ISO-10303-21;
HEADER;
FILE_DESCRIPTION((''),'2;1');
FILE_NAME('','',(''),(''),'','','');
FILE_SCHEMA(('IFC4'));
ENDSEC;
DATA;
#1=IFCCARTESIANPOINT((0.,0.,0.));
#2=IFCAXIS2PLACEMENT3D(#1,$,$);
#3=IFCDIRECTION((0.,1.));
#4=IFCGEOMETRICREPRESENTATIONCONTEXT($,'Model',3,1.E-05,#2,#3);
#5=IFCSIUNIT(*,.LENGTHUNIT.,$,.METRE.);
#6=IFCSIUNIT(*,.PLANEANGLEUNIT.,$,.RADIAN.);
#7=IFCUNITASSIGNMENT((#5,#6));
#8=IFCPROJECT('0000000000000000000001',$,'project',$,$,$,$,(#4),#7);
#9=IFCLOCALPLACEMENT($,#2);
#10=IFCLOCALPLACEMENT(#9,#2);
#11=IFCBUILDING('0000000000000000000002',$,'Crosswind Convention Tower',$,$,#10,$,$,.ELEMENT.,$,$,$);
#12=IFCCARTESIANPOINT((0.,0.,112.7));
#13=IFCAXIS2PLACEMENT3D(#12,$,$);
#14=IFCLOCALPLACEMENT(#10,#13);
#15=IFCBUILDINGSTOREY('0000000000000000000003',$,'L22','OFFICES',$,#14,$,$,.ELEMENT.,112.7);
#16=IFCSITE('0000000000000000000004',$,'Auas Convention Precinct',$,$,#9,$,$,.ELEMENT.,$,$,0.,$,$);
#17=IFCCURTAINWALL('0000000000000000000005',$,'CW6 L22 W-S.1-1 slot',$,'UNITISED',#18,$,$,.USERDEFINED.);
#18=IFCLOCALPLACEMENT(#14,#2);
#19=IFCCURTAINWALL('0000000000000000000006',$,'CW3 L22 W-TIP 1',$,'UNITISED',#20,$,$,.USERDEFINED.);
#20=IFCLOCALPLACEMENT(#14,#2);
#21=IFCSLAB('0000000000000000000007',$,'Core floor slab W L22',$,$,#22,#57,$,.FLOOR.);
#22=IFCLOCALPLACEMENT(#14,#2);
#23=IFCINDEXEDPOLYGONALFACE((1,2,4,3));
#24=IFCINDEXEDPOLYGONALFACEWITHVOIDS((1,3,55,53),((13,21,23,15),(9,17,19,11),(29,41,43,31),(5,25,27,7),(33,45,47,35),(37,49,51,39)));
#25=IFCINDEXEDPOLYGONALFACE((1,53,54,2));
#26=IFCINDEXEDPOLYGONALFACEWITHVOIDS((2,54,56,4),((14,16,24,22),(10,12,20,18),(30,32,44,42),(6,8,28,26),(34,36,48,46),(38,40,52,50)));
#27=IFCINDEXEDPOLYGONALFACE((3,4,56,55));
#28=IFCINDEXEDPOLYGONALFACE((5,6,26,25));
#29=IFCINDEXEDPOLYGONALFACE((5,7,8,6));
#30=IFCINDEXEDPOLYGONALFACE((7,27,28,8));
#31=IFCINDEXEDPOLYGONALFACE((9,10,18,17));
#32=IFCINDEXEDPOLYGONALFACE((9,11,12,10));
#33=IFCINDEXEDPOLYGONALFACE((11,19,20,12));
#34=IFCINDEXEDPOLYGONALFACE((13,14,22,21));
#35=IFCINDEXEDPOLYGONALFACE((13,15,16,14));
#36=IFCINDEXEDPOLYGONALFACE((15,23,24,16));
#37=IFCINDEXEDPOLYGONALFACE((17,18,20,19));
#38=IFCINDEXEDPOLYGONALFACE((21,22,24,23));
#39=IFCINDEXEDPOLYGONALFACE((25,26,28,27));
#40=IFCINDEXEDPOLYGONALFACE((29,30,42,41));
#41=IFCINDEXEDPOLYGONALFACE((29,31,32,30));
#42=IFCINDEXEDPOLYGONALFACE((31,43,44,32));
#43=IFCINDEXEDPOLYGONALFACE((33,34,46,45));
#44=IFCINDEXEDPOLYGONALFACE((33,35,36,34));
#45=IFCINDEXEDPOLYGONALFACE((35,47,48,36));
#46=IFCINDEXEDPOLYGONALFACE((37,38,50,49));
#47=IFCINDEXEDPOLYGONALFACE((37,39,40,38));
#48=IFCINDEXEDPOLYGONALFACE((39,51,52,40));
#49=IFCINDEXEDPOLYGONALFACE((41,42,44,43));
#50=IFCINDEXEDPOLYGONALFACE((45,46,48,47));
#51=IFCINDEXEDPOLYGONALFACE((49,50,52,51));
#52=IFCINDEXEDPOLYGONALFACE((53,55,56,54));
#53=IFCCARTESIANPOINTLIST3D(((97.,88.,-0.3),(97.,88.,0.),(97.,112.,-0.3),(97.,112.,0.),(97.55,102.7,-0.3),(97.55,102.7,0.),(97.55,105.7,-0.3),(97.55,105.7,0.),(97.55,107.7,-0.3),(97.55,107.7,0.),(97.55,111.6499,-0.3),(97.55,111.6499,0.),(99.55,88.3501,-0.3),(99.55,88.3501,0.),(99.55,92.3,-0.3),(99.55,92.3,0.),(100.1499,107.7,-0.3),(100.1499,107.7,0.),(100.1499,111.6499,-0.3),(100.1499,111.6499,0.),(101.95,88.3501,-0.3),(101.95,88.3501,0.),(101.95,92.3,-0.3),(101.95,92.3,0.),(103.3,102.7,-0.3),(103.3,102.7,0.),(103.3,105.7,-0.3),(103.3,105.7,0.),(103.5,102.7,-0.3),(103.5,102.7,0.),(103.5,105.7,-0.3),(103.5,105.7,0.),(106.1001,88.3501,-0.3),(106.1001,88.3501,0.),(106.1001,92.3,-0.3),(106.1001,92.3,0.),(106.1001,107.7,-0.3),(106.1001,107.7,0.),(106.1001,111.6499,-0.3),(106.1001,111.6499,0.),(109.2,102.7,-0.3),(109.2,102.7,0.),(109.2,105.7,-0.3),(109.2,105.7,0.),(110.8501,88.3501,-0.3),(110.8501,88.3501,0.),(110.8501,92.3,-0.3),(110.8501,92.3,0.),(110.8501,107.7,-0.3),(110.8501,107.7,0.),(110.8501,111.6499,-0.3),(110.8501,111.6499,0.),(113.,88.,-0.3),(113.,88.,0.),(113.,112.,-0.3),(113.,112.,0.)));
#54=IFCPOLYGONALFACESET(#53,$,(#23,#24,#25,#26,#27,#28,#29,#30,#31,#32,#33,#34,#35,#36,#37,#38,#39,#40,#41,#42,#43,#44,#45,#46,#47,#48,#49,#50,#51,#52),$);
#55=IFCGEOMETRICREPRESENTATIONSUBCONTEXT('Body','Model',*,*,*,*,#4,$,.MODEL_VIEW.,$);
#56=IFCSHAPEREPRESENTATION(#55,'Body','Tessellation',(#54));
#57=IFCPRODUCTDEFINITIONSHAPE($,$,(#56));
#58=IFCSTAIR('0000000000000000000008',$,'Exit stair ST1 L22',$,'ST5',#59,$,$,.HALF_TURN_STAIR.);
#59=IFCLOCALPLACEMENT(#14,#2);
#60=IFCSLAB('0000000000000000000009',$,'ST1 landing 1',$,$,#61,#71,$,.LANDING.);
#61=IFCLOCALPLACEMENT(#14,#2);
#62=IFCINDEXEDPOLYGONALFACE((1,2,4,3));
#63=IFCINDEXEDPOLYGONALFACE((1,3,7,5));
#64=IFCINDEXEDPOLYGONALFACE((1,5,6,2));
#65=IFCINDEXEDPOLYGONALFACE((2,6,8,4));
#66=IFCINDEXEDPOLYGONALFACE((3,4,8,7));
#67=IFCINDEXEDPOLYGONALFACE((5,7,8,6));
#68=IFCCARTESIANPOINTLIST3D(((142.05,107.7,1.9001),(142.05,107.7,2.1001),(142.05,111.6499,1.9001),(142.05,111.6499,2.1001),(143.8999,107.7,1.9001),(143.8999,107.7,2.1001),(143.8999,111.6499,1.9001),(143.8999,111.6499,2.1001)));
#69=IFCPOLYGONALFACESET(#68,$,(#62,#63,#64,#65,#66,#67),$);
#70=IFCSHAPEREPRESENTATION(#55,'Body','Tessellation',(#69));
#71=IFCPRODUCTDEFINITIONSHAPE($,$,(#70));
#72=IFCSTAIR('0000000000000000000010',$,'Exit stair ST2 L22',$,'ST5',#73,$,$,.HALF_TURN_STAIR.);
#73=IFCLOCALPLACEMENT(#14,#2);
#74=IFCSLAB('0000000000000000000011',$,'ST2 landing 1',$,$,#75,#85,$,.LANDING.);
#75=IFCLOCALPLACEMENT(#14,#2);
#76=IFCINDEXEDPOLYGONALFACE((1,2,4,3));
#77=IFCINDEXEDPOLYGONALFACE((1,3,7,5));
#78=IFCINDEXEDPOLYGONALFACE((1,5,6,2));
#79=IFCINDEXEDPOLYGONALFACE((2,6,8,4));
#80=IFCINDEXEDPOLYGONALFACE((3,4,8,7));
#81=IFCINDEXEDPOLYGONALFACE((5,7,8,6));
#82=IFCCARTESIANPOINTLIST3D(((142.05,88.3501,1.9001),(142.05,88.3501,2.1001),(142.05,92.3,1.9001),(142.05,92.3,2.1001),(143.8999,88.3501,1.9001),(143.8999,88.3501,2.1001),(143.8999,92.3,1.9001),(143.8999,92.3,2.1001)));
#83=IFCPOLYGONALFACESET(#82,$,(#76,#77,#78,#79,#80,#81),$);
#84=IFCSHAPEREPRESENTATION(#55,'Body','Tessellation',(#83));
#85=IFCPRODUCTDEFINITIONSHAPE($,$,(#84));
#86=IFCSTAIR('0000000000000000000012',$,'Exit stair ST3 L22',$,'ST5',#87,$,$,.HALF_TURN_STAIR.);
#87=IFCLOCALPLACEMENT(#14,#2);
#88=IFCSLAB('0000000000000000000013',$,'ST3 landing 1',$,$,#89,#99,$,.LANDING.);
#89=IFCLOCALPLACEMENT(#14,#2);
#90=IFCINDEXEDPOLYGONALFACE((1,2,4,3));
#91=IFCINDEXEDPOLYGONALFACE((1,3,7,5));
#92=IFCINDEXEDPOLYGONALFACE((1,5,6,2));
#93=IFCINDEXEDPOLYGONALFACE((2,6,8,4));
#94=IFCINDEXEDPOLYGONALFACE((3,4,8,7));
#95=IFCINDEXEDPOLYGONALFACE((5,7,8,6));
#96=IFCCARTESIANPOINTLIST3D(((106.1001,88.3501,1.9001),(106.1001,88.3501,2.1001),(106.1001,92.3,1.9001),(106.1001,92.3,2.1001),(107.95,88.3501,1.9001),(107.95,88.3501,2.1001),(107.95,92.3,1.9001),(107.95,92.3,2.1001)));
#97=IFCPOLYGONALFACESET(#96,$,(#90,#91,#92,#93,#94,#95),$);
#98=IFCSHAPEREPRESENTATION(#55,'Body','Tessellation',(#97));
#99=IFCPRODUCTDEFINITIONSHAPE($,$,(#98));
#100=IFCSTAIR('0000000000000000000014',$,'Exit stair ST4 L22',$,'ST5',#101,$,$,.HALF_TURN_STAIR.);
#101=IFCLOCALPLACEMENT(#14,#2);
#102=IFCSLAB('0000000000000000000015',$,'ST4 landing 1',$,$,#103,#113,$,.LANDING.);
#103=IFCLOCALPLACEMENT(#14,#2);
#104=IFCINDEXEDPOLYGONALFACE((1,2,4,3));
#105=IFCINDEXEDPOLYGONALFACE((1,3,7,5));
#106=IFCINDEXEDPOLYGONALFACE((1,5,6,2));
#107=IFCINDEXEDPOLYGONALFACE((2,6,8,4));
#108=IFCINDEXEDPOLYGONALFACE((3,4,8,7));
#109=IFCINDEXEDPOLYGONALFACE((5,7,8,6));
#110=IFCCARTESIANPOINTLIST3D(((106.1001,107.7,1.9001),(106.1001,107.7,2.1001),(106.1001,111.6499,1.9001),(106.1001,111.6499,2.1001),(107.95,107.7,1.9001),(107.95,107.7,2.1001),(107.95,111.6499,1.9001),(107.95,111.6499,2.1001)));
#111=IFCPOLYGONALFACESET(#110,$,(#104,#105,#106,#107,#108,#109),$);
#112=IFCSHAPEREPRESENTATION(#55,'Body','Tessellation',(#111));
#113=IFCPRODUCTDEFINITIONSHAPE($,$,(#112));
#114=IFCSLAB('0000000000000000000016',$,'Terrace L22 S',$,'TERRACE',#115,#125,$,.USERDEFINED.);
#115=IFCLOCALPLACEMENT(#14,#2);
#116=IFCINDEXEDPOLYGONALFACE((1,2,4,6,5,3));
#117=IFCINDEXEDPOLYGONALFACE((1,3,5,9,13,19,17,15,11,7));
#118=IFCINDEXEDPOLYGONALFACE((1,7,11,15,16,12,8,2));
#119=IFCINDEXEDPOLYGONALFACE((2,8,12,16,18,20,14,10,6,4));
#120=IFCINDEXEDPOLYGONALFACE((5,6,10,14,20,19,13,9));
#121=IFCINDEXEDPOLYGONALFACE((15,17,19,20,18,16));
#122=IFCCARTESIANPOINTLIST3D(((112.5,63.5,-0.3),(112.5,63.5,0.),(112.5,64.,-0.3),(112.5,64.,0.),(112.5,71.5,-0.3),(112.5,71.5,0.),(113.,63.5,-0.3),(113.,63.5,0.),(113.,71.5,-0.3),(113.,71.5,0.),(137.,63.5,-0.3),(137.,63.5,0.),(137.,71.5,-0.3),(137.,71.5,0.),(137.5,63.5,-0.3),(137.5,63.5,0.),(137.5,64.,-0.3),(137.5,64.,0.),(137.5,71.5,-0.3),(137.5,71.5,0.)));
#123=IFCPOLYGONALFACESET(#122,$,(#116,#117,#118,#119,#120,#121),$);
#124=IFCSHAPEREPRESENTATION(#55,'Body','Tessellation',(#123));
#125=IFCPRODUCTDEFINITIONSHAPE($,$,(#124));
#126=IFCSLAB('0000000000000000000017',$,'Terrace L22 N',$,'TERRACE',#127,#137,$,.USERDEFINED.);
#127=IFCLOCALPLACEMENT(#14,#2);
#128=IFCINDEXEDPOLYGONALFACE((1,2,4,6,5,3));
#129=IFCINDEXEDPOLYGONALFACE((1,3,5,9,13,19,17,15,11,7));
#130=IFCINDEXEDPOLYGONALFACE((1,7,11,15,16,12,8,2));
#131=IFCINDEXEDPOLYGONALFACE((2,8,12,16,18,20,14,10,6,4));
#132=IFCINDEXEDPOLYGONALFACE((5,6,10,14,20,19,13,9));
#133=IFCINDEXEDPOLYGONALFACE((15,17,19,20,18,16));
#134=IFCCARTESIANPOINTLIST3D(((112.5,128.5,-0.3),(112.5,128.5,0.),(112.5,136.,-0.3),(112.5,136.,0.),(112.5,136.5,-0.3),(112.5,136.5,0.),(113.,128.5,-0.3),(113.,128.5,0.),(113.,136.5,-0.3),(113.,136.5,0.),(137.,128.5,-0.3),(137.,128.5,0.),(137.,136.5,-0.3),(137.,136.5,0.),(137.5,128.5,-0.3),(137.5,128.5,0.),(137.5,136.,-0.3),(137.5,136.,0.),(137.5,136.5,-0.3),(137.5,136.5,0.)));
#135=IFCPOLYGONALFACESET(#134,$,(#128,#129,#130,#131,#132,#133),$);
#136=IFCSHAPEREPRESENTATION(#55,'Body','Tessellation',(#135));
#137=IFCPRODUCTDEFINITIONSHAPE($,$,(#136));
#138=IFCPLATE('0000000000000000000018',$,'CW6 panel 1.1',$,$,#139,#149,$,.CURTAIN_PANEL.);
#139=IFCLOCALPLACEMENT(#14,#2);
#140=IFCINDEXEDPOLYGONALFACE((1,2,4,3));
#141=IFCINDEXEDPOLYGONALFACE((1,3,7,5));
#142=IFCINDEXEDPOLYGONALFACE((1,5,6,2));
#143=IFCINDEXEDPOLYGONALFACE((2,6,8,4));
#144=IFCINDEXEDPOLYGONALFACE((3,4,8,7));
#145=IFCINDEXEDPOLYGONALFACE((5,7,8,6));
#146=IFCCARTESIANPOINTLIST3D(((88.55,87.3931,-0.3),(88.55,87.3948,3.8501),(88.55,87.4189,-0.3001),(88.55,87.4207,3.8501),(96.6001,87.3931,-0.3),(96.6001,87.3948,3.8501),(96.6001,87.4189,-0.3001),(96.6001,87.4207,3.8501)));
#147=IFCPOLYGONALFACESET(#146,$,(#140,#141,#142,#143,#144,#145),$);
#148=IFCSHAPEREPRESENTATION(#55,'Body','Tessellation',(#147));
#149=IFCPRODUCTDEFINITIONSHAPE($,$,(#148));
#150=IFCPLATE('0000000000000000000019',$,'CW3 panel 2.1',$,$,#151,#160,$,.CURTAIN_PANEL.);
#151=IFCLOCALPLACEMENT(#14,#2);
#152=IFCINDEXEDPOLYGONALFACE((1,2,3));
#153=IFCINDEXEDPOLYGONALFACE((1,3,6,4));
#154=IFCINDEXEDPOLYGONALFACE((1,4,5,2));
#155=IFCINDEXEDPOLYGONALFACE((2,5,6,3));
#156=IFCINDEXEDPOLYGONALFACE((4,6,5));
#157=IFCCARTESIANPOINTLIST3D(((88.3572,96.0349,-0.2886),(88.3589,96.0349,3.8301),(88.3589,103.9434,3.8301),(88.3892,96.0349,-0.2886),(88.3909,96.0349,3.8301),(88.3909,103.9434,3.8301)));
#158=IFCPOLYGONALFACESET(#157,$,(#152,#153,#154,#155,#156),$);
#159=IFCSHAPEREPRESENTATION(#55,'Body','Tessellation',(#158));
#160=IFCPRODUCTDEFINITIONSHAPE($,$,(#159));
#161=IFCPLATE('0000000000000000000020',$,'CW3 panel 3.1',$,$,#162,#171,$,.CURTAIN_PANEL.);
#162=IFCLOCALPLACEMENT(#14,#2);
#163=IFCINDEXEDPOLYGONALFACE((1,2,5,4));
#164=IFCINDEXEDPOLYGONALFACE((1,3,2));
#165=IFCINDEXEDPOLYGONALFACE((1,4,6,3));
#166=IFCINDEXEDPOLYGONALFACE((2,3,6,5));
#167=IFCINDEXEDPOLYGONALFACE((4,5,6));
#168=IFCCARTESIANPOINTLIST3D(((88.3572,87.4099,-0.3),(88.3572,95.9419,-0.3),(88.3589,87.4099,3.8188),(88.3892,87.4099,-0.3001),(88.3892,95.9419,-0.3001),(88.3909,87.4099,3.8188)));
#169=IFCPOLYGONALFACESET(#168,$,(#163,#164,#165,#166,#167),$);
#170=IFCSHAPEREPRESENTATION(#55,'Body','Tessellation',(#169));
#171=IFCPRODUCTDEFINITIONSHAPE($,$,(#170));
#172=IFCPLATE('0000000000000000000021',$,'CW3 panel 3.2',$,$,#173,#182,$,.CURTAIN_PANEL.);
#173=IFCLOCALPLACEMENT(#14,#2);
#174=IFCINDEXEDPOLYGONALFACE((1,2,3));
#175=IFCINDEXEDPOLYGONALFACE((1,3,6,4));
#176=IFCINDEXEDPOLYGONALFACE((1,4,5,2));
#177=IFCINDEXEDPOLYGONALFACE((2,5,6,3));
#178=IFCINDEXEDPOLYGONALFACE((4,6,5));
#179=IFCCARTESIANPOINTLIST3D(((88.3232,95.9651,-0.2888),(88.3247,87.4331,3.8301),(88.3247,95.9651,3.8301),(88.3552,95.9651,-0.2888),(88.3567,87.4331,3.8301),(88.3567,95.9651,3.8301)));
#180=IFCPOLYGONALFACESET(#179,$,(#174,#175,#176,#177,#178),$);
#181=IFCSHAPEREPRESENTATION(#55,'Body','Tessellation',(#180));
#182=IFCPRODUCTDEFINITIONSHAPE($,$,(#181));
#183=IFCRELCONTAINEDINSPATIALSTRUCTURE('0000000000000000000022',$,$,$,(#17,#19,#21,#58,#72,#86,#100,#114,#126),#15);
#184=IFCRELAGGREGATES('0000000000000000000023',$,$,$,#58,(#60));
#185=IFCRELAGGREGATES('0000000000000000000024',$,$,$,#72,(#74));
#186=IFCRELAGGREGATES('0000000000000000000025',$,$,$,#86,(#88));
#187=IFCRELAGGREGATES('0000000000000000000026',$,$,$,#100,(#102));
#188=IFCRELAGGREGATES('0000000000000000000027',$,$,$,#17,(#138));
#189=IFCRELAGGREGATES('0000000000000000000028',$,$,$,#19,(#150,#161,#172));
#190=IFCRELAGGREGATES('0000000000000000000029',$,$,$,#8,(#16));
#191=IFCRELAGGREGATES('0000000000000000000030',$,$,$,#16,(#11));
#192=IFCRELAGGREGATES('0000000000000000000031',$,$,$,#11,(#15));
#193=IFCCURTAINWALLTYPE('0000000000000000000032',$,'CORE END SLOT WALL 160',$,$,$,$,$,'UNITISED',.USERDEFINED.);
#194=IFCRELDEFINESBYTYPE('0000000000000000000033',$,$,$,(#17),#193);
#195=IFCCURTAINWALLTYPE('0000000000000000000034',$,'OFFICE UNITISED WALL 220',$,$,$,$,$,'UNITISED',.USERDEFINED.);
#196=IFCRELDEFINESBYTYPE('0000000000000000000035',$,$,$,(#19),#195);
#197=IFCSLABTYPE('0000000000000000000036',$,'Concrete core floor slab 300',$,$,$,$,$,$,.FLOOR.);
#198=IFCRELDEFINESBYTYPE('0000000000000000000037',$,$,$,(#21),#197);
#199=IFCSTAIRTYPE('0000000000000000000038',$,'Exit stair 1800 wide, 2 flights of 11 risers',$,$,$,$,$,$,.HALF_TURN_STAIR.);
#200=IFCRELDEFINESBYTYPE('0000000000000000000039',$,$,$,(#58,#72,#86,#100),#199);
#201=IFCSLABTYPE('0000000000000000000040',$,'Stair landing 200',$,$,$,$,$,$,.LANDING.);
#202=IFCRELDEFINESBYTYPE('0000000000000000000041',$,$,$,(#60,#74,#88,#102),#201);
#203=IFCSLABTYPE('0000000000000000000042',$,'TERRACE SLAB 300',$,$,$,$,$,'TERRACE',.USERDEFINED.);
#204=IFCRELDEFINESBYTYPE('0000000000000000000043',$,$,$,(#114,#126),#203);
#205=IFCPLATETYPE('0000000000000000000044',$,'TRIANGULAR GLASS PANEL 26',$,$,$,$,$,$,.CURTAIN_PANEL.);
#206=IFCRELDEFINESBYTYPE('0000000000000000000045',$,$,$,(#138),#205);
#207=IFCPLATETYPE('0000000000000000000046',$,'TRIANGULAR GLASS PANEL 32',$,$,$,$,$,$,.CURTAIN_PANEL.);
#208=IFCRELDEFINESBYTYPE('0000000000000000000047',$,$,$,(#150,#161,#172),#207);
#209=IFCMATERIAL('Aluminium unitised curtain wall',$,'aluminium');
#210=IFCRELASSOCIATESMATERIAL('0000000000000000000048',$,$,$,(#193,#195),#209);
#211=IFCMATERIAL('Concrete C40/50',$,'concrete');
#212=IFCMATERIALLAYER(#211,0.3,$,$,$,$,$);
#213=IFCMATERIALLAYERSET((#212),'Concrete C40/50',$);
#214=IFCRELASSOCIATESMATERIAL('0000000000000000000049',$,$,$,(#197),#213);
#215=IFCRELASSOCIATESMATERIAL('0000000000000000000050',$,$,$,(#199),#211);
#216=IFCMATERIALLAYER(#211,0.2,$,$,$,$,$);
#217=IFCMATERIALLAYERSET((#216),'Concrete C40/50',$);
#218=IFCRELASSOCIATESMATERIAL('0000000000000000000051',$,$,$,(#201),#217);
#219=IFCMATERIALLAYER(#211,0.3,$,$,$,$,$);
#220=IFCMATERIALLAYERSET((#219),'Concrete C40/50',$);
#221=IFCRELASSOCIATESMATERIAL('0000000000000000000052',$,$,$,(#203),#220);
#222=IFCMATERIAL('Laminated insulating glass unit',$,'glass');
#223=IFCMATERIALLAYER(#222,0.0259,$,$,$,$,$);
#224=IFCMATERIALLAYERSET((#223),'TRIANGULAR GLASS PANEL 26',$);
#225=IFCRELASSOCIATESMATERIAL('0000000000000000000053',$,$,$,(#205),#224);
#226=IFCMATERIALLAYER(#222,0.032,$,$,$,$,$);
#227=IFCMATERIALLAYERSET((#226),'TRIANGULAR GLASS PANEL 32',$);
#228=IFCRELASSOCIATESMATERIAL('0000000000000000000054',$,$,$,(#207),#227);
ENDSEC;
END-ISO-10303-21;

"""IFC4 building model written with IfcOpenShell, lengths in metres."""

from ifc_helpers import new_model, si_unit, direction, frame, origin, place, context, subcontext, project, spatial, polyline, outline, extrude, material, layer, layer_set, type_object, element, aggregate, save


model = new_model("IFC4")

# Units and contexts
model_context = context("Model", 3, precision=1e-05, world=origin(), true_north=direction((0.0, 1.0)))
body_context = subcontext(model_context, "Body", "Model", "MODEL_VIEW")
ifc_project = project(units=[si_unit("LENGTHUNIT", "METRE"), si_unit("PLANEANGLEUNIT", "RADIAN")], contexts=[model_context])

# Site, building, storey
site_placement = place(None, origin())
site = spatial("IfcSite", under=ifc_project, at=site_placement, Name="Auas Convention Precinct", CompositionType="ELEMENT", RefElevation=0.0)
building_placement = place(site_placement, origin())
building = spatial("IfcBuilding", under=site, at=building_placement, Name="Crosswind Convention Tower", CompositionType="ELEMENT")
storey_placement = place(building_placement, frame((0.0, 0.0, 112.7)))
storey = spatial("IfcBuildingStorey", under=building, at=storey_placement, Name="L22", Description="OFFICES", CompositionType="ELEMENT", Elevation=112.7)

# Curtain wall
ifc_material_1 = material(Name="Aluminium unitised curtain wall", Category="aluminium")
curtain_wall_type_1 = type_object("IfcCurtainWallType", Name="CORE END SLOT WALL 160", ElementType="UNITISED", PredefinedType="USERDEFINED", material=ifc_material_1)
curtain_wall_1_placement = place(storey_placement, origin())
curtain_wall_1 = element("IfcCurtainWall", 1, at=curtain_wall_1_placement, inside=storey, type_object=curtain_wall_type_1, Name="CW6 L22 W-S.1-1 slot", ObjectType="UNITISED", PredefinedType="USERDEFINED")

# Curtain wall
curtain_wall_type_2 = type_object("IfcCurtainWallType", Name="OFFICE UNITISED WALL 220", ElementType="UNITISED", PredefinedType="USERDEFINED", material=ifc_material_1)
curtain_wall_2_placement = place(storey_placement, origin())
curtain_wall_2 = element("IfcCurtainWall", 2, at=curtain_wall_2_placement, inside=storey, type_object=curtain_wall_type_2, Name="CW3 L22 W-TIP 1", ObjectType="UNITISED", PredefinedType="USERDEFINED")

# Slab
ifc_material_2 = material(Name="Concrete C40/50", Category="concrete")
ifc_layer_1 = layer(ifc_material_2, 0.3)
ifc_layer_set_1 = layer_set([ifc_layer_1], Name="Concrete C40/50")
slab_type_1 = type_object("IfcSlabType", Name="Concrete core floor slab 300", PredefinedType="FLOOR", material=ifc_layer_set_1)
slab_1_placement = place(storey_placement, frame((0.0, 0.0, -0.3)))
element("IfcSlab", 3, at=slab_1_placement, inside=storey, type_object=slab_type_1, Name="Core floor slab W L22", PredefinedType="FLOOR", context=body_context, shape_type="SweptSolid", body=[
    extrude(outline(polyline([(97.0, 88.0), (113.0, 88.0), (113.0, 112.0), (97.0, 112.0), (97.0, 88.0)]), holes=[polyline([(109.2, 102.7), (109.2, 105.7), (103.5, 105.7), (103.5, 102.7), (109.2, 102.7)]), polyline([(103.3, 102.7), (103.3, 105.7), (97.55, 105.7), (97.55, 102.7), (103.3, 102.7)]), polyline([(101.95, 88.3501), (101.95, 92.3), (99.55, 92.3), (99.55, 88.3501), (101.95, 88.3501)]), polyline([(100.1499, 107.7), (100.1499, 111.6499), (97.55, 111.6499), (97.55, 107.7), (100.1499, 107.7)]), polyline([(110.8501, 88.3501), (110.8501, 92.3), (106.1001, 92.3), (106.1001, 88.3501), (110.8501, 88.3501)]), polyline([(110.8501, 107.7), (110.8501, 111.6499), (106.1001, 111.6499), (106.1001, 107.7), (110.8501, 107.7)])]), origin(), (0.0, 0.0, 1.0), 0.3),
])

# Stairs, slabs
stair_type = type_object("IfcStairType", Name="Exit stair 1800 wide, 2 flights of 11 risers", PredefinedType="HALF_TURN_STAIR", material=ifc_material_2)
stair_1_placement = place(storey_placement, origin())
stair_1 = element("IfcStair", 4, at=stair_1_placement, inside=storey, type_object=stair_type, Name="Exit stair ST1 L22", ObjectType="ST5", PredefinedType="HALF_TURN_STAIR")
ifc_layer_2 = layer(ifc_material_2, 0.2)
ifc_layer_set_2 = layer_set([ifc_layer_2], Name="Concrete C40/50")
slab_type_2 = type_object("IfcSlabType", Name="Stair landing 200", PredefinedType="LANDING", material=ifc_layer_set_2)
slab_2_placement = place(storey_placement, frame((0.0, 0.0, 1.9001)))
slab_2 = element("IfcSlab", 5, at=slab_2_placement, type_object=slab_type_2, Name="ST1 landing 1", PredefinedType="LANDING", context=body_context, shape_type="SweptSolid", body=[
    extrude(outline(polyline([(143.8999, 107.7), (143.8999, 111.6499), (142.05, 111.6499), (142.05, 107.7), (143.8999, 107.7)])), origin(), (0.0, 0.0, 1.0), 0.2),
])
aggregate(stair_1, [slab_2])
stair_2_placement = place(storey_placement, origin())
stair_2 = element("IfcStair", 6, at=stair_2_placement, inside=storey, type_object=stair_type, Name="Exit stair ST2 L22", ObjectType="ST5", PredefinedType="HALF_TURN_STAIR")
slab_3_placement = place(storey_placement, frame((0.0, 0.0, 1.9001)))
slab_3 = element("IfcSlab", 7, at=slab_3_placement, type_object=slab_type_2, Name="ST2 landing 1", PredefinedType="LANDING", context=body_context, shape_type="SweptSolid", body=[
    extrude(outline(polyline([(143.8999, 88.3501), (143.8999, 92.3), (142.05, 92.3), (142.05, 88.3501), (143.8999, 88.3501)])), origin(), (0.0, 0.0, 1.0), 0.2),
])
aggregate(stair_2, [slab_3])
stair_3_placement = place(storey_placement, origin())
stair_3 = element("IfcStair", 8, at=stair_3_placement, inside=storey, type_object=stair_type, Name="Exit stair ST3 L22", ObjectType="ST5", PredefinedType="HALF_TURN_STAIR")
slab_4_placement = place(storey_placement, frame((0.0, 0.0, 1.9001)))
slab_4 = element("IfcSlab", 9, at=slab_4_placement, type_object=slab_type_2, Name="ST3 landing 1", PredefinedType="LANDING", context=body_context, shape_type="SweptSolid", body=[
    extrude(outline(polyline([(107.95, 88.3501), (107.95, 92.3), (106.1001, 92.3), (106.1001, 88.3501), (107.95, 88.3501)])), origin(), (0.0, 0.0, 1.0), 0.2),
])
aggregate(stair_3, [slab_4])
stair_4_placement = place(storey_placement, origin())
stair_4 = element("IfcStair", 10, at=stair_4_placement, inside=storey, type_object=stair_type, Name="Exit stair ST4 L22", ObjectType="ST5", PredefinedType="HALF_TURN_STAIR")
slab_5_placement = place(storey_placement, frame((0.0, 0.0, 1.9001)))
slab_5 = element("IfcSlab", 11, at=slab_5_placement, type_object=slab_type_2, Name="ST4 landing 1", PredefinedType="LANDING", context=body_context, shape_type="SweptSolid", body=[
    extrude(outline(polyline([(107.95, 107.7), (107.95, 111.6499), (106.1001, 111.6499), (106.1001, 107.7), (107.95, 107.7)])), origin(), (0.0, 0.0, 1.0), 0.2),
])
aggregate(stair_4, [slab_5])

# Slabs
ifc_layer_3 = layer(ifc_material_2, 0.3)
ifc_layer_set_3 = layer_set([ifc_layer_3], Name="Concrete C40/50")
slab_type_3 = type_object("IfcSlabType", Name="TERRACE SLAB 300", ElementType="TERRACE", PredefinedType="USERDEFINED", material=ifc_layer_set_3)
slab_6_placement = place(storey_placement, frame((0.0, 0.0, -0.3)))
element("IfcSlab", 12, at=slab_6_placement, inside=storey, type_object=slab_type_3, Name="Terrace L22 S", ObjectType="TERRACE", PredefinedType="USERDEFINED", context=body_context, shape_type="SweptSolid", body=[
    extrude(outline(polyline([(137.0, 71.5), (137.5, 71.5), (137.5, 64.0), (137.5, 63.5), (137.0, 63.5), (113.0, 63.5), (112.5, 63.5), (112.5, 64.0), (112.5, 71.5), (113.0, 71.5), (137.0, 71.5)])), origin(), (0.0, 0.0, 1.0), 0.3),
])
slab_7_placement = place(storey_placement, frame((0.0, 0.0, -0.3)))
element("IfcSlab", 13, at=slab_7_placement, inside=storey, type_object=slab_type_3, Name="Terrace L22 N", ObjectType="TERRACE", PredefinedType="USERDEFINED", context=body_context, shape_type="SweptSolid", body=[
    extrude(outline(polyline([(113.0, 136.5), (137.0, 136.5), (137.5, 136.5), (137.5, 136.0), (137.5, 128.5), (137.0, 128.5), (113.0, 128.5), (112.5, 128.5), (112.5, 136.0), (112.5, 136.5), (113.0, 136.5)])), origin(), (0.0, 0.0, 1.0), 0.3),
])

# Plates
ifc_material_3 = material(Name="Laminated insulating glass unit", Category="glass")
ifc_layer_4 = layer(ifc_material_3, 0.0259)
ifc_layer_set_4 = layer_set([ifc_layer_4], Name="TRIANGULAR GLASS PANEL 26")
plate_type_1 = type_object("IfcPlateType", Name="TRIANGULAR GLASS PANEL 26", PredefinedType="CURTAIN_PANEL", material=ifc_layer_set_4)
plate_1_placement = place(storey_placement, frame((88.55, 87.3931, -0.3), z_axis=(0.0, -1.0, 0.000412), x_axis=(1.0, 0.0, 0.0)))
plate_1 = element("IfcPlate", 14, at=plate_1_placement, type_object=plate_type_1, Name="CW6 panel 1.1", PredefinedType="CURTAIN_PANEL", context=body_context, shape_type="SweptSolid", body=[
    extrude(outline(polyline([(0.0, 0.0), (8.05, 0.0), (8.05, 4.1501), (0.0, 4.1501), (0.0, 0.0)])), origin(), (0.0, 0.0, -1.0), 0.0259),
])
aggregate(curtain_wall_1, [plate_1])
ifc_layer_5 = layer(ifc_material_3, 0.032)
ifc_layer_set_5 = layer_set([ifc_layer_5], Name="TRIANGULAR GLASS PANEL 32")
plate_type_2 = type_object("IfcPlateType", Name="TRIANGULAR GLASS PANEL 32", PredefinedType="CURTAIN_PANEL", material=ifc_layer_set_5)
plate_2_placement = place(storey_placement, frame((88.3589, 96.0349, 3.8301), z_axis=(-1.0, 0.0, 0.000415), x_axis=(0.0, 1.0, 0.0)))
plate_2 = element("IfcPlate", 15, at=plate_2_placement, type_object=plate_type_2, Name="CW3 panel 2.1", PredefinedType="CURTAIN_PANEL", context=body_context, shape_type="SweptSolid", body=[
    extrude(outline(polyline([(0.0, 0.0), (7.9084, 0.0), (0.0, 4.1187), (0.0, 0.0)])), origin(), (0.0, 0.0, -1.0), 0.032),
])
plate_3_placement = place(storey_placement, frame((88.3572, 87.4099, -0.3), z_axis=(-1.0, 0.0, 0.000415), x_axis=(0.000415, 0.0, 1.0)))
plate_3 = element("IfcPlate", 16, at=plate_3_placement, type_object=plate_type_2, Name="CW3 panel 3.1", PredefinedType="CURTAIN_PANEL", context=body_context, shape_type="SweptSolid", body=[
    extrude(outline(polyline([(0.0, 0.0), (4.1189, 0.0), (0.0, 8.532), (0.0, 0.0)])), origin(), (0.0, 0.0, -1.0), 0.032),
])
plate_4_placement = place(storey_placement, frame((88.3247, 95.9651, 3.8301), z_axis=(-1.0, 0.0, 0.000356), x_axis=(-0.000356, 0.0, -1.0)))
plate_4 = element("IfcPlate", 17, at=plate_4_placement, type_object=plate_type_2, Name="CW3 panel 3.2", PredefinedType="CURTAIN_PANEL", context=body_context, shape_type="SweptSolid", body=[
    extrude(outline(polyline([(0.0, 0.0), (4.1189, 0.0), (0.0, 8.532), (0.0, 0.0)])), origin(), (0.0, 0.0, -1.0), 0.032),
])
aggregate(curtain_wall_2, [plate_2, plate_3, plate_4])

save(model, "model.ifc")
